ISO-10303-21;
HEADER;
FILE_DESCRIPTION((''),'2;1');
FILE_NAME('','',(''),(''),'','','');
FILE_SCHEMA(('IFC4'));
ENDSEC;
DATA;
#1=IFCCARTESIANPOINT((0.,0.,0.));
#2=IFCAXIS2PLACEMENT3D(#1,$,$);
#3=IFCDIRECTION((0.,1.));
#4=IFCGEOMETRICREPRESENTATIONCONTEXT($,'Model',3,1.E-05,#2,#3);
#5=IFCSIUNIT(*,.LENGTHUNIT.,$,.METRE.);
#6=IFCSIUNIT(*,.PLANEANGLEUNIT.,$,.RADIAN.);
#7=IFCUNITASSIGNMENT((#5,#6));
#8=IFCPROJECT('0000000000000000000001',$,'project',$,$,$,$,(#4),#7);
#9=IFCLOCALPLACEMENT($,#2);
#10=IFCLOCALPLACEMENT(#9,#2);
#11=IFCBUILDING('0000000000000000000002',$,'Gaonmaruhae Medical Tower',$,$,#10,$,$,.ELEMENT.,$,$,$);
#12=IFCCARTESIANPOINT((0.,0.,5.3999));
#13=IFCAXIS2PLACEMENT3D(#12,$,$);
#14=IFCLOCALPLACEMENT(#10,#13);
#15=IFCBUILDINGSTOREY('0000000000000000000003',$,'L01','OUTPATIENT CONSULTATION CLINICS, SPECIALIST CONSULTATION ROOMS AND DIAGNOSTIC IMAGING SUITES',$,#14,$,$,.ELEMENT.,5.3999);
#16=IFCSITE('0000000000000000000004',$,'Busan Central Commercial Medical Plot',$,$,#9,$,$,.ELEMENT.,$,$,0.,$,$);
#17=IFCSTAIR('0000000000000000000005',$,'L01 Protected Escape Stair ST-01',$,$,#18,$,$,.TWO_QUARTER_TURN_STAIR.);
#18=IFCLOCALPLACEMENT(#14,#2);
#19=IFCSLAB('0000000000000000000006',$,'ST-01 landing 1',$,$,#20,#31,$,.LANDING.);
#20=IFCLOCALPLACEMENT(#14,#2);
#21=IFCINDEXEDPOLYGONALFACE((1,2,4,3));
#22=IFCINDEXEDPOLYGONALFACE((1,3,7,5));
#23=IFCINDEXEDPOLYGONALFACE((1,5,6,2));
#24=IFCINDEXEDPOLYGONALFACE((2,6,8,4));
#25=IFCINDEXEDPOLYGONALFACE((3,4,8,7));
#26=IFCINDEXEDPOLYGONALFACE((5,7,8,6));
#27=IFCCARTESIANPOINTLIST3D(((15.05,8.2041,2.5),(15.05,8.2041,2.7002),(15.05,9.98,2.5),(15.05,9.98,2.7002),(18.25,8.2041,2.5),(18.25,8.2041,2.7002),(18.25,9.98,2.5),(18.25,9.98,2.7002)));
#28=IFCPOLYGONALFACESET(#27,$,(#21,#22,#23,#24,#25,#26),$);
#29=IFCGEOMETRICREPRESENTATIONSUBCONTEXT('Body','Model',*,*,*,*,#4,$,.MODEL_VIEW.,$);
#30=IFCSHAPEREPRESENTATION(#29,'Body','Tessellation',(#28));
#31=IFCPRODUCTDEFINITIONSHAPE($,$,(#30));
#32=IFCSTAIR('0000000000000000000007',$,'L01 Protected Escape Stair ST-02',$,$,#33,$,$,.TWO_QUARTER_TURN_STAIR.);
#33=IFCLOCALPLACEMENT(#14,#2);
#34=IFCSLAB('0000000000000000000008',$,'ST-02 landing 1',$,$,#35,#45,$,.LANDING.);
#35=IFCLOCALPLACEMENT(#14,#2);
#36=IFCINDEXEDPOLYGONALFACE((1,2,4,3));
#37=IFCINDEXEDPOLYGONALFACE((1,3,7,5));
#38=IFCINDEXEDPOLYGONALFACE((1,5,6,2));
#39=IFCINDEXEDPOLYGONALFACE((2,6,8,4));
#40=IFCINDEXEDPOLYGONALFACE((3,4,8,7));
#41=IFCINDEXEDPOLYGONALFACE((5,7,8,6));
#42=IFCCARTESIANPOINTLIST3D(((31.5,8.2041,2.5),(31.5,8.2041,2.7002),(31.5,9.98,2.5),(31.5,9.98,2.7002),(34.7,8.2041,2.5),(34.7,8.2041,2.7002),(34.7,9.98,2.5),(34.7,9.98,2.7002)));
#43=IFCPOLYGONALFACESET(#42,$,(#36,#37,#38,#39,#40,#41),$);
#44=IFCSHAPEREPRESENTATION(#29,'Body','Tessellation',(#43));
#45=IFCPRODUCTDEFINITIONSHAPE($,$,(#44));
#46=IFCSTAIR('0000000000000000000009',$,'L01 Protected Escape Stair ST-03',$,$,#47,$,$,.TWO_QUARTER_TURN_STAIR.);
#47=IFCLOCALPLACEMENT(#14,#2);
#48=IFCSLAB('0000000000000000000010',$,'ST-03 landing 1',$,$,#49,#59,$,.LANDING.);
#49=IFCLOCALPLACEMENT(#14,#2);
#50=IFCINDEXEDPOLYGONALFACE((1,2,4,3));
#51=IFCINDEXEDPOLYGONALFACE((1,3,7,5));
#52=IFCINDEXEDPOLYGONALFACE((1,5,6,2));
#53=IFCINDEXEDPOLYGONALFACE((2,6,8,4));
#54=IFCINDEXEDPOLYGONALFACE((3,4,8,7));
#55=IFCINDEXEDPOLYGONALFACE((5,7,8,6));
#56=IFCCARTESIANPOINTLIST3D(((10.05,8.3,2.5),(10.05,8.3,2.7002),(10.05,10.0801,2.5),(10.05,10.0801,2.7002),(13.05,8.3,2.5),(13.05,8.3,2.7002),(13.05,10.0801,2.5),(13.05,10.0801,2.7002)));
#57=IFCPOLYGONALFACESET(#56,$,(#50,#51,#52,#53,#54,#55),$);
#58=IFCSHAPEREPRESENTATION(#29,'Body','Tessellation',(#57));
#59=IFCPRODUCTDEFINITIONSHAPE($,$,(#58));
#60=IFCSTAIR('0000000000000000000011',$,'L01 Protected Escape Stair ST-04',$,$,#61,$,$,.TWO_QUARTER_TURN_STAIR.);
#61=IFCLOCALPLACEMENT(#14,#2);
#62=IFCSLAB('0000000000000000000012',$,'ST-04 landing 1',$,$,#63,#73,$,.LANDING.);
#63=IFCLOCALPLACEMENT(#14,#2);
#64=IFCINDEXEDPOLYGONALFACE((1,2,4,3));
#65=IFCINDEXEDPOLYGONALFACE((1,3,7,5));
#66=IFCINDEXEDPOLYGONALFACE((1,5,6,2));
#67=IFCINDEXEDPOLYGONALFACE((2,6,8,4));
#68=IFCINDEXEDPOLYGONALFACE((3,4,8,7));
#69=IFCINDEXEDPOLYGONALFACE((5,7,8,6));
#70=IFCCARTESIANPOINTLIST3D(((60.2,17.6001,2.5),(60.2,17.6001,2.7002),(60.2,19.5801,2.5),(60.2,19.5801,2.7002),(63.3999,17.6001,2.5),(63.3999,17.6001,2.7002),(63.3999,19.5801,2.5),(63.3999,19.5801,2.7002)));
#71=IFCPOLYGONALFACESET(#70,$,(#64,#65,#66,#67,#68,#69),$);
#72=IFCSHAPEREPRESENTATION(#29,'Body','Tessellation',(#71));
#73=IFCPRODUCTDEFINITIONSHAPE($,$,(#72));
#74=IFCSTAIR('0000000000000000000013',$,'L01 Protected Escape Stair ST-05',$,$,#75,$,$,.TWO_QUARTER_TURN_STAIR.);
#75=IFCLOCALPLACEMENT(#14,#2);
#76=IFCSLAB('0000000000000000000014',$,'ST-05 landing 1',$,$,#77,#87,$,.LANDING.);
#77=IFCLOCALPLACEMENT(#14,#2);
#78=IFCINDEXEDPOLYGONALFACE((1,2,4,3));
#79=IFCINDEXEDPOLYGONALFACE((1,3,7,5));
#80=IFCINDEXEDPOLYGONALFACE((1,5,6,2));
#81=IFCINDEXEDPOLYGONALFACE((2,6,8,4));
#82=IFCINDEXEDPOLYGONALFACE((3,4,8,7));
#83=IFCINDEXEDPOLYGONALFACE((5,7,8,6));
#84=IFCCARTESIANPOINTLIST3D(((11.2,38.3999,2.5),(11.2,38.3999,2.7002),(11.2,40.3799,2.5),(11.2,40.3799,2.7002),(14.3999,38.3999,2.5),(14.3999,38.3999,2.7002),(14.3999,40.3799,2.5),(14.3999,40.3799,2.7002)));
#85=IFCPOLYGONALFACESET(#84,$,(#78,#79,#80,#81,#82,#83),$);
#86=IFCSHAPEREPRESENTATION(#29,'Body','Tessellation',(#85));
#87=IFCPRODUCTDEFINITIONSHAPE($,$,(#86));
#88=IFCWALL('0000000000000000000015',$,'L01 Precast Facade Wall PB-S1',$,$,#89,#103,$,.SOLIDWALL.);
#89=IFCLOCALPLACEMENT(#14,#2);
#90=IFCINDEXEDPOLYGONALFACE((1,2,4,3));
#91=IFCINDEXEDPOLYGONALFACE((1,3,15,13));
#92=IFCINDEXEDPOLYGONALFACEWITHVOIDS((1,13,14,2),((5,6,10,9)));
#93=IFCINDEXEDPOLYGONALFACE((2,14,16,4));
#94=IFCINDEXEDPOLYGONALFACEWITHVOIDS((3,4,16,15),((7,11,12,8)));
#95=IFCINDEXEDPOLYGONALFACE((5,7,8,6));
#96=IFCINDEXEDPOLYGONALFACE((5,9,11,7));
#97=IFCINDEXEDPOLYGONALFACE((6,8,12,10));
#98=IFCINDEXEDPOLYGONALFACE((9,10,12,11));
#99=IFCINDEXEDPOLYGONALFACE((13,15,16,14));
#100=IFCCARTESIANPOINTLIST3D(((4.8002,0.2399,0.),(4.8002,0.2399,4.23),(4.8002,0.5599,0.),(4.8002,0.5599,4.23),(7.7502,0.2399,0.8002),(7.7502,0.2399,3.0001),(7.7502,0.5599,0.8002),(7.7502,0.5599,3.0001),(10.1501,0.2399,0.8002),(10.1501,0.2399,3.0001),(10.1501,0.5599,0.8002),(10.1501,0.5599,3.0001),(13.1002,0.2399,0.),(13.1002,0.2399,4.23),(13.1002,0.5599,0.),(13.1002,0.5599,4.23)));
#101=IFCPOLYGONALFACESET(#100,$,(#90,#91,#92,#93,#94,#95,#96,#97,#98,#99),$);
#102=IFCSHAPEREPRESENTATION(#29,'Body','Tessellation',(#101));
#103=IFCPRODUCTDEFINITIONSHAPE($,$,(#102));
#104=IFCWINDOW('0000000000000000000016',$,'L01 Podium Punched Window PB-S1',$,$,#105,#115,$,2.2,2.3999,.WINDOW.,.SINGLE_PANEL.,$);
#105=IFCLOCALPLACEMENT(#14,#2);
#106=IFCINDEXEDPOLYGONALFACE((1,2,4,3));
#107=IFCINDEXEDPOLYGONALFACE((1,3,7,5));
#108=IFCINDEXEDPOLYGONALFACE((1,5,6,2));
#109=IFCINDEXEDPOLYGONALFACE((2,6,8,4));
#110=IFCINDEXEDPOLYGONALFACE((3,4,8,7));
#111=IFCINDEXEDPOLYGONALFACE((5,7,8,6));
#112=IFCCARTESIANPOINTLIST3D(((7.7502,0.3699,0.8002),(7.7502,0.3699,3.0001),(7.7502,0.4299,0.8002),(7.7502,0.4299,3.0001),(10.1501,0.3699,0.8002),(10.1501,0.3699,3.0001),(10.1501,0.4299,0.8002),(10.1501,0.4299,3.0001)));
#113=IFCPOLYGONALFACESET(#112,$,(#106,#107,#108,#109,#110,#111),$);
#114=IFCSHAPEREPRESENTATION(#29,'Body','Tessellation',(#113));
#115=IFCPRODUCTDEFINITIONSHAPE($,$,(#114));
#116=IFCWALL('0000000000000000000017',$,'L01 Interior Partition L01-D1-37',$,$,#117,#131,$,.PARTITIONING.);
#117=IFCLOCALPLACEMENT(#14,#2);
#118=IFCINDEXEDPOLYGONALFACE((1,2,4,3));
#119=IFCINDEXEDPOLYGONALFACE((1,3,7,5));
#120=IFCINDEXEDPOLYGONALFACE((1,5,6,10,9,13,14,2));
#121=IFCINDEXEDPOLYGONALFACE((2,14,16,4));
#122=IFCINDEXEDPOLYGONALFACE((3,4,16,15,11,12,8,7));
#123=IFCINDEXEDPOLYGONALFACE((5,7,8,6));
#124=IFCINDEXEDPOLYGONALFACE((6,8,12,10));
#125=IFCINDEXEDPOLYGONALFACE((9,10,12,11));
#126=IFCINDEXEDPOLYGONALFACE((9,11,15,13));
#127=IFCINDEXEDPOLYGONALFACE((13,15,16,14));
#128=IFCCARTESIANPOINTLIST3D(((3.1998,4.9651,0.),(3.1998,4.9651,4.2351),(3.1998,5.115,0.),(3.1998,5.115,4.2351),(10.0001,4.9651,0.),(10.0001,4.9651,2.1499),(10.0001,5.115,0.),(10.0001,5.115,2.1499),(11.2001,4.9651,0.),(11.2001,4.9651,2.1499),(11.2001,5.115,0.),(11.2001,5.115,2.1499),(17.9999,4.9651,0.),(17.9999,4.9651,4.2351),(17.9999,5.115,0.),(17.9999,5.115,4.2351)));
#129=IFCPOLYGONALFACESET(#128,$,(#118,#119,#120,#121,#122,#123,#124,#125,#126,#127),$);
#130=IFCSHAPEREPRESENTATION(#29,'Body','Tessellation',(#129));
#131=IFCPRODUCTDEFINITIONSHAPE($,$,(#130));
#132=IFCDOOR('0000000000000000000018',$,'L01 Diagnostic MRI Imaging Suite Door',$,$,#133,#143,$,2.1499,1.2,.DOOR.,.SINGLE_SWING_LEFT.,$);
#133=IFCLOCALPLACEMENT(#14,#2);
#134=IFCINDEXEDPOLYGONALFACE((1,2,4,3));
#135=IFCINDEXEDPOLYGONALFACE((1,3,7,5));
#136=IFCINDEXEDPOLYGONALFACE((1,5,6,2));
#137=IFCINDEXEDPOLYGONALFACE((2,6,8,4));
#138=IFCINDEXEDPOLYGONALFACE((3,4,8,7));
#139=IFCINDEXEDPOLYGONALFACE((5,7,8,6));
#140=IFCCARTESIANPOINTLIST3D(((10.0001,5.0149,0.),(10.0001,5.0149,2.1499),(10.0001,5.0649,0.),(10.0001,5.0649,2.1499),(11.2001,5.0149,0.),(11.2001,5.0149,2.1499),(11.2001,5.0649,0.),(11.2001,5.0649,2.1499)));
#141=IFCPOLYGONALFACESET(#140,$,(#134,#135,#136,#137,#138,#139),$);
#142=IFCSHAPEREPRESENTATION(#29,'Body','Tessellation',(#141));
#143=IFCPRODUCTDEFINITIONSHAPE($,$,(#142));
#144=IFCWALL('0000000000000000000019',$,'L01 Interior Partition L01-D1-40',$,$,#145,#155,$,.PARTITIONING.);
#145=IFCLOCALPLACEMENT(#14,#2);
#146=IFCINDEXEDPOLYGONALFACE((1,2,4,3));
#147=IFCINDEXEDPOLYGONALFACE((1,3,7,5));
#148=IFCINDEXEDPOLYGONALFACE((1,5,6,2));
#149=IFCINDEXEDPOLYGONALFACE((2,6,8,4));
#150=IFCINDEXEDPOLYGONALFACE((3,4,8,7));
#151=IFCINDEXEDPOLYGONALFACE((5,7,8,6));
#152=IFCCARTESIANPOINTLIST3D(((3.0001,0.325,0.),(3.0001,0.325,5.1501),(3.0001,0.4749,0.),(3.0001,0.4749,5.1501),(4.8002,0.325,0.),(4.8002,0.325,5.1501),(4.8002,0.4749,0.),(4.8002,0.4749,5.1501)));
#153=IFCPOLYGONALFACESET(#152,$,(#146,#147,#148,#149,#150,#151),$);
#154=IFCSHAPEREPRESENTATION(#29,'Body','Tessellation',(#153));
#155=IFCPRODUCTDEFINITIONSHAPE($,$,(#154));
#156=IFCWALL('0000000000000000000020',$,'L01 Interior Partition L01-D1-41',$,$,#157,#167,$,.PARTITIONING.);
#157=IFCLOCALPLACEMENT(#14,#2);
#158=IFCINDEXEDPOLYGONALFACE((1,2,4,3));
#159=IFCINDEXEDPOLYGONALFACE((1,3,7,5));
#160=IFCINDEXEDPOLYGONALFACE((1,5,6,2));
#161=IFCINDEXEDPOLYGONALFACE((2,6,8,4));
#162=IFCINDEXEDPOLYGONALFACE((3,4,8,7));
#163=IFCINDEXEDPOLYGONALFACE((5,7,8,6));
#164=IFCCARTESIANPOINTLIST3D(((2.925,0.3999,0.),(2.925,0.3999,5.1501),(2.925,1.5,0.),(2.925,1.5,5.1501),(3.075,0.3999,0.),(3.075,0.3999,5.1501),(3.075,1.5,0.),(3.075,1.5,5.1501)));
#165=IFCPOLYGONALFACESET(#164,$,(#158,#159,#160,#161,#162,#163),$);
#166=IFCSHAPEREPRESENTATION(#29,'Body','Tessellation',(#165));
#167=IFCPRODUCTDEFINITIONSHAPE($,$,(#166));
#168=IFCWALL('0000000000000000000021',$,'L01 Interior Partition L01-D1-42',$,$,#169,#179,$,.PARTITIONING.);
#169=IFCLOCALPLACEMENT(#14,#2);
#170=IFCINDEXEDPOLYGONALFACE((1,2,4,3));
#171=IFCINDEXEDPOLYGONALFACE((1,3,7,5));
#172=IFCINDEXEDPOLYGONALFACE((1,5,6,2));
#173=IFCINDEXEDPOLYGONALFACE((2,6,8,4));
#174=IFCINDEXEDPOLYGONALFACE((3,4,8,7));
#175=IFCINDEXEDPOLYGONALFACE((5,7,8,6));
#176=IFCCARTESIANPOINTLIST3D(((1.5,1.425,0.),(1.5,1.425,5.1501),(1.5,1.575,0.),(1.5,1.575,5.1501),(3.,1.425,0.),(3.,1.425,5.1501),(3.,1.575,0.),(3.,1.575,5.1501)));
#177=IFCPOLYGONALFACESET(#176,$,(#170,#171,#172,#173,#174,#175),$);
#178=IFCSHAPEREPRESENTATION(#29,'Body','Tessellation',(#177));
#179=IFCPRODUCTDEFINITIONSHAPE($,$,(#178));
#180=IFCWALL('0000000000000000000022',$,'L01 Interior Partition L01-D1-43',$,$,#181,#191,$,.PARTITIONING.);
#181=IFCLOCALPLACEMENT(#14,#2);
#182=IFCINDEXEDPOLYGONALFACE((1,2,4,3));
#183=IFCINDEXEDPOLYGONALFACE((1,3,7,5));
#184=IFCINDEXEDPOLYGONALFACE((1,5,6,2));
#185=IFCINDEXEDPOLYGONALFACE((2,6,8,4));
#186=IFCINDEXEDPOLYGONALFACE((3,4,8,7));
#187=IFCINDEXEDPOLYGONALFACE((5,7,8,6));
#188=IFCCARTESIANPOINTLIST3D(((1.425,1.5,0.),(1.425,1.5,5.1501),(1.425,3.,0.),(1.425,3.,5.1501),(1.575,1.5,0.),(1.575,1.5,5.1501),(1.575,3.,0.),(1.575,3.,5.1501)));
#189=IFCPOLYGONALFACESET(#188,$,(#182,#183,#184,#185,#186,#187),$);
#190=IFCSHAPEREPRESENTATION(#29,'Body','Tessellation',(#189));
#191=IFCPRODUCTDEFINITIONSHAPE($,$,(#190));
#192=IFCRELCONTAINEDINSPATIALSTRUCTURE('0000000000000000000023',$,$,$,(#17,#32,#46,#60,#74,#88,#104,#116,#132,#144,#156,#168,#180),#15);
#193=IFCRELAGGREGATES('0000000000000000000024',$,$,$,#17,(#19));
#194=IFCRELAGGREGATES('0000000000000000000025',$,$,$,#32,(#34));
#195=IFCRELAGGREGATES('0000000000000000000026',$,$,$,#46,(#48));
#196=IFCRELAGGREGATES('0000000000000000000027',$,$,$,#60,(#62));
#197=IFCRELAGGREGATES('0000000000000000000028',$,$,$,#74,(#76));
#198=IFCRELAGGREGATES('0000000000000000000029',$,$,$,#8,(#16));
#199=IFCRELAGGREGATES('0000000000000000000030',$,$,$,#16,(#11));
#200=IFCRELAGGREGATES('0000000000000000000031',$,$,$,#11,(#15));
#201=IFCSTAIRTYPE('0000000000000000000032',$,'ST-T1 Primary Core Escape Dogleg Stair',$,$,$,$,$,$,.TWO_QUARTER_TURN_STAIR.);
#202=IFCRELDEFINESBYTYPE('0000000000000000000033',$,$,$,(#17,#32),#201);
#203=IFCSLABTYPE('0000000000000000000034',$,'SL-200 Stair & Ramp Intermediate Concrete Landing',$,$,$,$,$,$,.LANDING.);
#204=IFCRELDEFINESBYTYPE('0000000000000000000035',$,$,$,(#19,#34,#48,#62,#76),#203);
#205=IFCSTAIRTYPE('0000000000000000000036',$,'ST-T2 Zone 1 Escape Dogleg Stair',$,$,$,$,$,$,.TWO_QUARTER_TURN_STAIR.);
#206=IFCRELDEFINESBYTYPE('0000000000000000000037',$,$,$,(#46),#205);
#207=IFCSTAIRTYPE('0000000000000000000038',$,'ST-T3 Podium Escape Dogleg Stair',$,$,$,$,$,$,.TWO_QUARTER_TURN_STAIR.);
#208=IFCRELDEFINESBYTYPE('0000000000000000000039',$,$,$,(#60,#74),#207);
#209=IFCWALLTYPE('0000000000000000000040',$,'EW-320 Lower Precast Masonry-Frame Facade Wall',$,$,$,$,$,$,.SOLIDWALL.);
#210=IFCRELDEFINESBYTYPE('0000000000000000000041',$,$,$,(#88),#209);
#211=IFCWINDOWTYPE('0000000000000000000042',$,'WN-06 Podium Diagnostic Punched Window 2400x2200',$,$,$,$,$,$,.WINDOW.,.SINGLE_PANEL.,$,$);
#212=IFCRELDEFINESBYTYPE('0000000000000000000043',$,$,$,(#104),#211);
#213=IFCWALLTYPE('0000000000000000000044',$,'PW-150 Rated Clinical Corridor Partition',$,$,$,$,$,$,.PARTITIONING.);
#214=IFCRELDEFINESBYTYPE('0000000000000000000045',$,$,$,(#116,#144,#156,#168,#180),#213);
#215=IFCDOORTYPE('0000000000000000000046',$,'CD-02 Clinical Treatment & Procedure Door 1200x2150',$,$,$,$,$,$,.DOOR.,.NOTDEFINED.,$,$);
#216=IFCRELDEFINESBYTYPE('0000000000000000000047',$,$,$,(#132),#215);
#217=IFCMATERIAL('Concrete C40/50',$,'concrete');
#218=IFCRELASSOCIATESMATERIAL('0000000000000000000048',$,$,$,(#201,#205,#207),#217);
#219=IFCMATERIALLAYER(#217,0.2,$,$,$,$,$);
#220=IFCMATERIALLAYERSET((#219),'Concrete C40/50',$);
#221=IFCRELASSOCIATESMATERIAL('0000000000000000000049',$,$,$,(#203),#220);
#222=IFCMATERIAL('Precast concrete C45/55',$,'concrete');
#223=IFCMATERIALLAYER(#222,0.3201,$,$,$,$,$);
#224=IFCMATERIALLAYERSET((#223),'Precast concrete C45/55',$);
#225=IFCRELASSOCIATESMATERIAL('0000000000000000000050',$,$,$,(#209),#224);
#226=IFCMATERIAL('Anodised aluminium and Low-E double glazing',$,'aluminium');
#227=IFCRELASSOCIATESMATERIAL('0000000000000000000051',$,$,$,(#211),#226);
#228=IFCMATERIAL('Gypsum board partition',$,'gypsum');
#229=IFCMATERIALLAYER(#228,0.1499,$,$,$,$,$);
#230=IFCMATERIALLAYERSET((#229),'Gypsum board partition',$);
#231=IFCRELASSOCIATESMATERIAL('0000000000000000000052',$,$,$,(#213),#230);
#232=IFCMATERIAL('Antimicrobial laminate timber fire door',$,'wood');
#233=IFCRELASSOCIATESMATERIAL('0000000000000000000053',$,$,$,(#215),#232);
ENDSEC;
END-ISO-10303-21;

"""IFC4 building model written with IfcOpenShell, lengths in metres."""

from ifc_helpers import new_model, si_unit, direction, frame, frame_2d, origin, place, context, subcontext, project, spatial, polyline, rectangle, outline, extrude, material, layer, layer_set, type_object, element, fill, aggregate, save


model = new_model("IFC4")

# Units and contexts
model_context = context("Model", 3, precision=1e-05, world=origin(), true_north=direction((0.0, 1.0)))
body_context = subcontext(model_context, "Body", "Model", "MODEL_VIEW")
ifc_project = project(units=[si_unit("LENGTHUNIT", "METRE"), si_unit("PLANEANGLEUNIT", "RADIAN")], contexts=[model_context])

# Site, building, storey
site_placement = place(None, origin())
site = spatial("IfcSite", under=ifc_project, at=site_placement, Name="Busan Central Commercial Medical Plot", CompositionType="ELEMENT", RefElevation=0.0)
building_placement = place(site_placement, origin())
building = spatial("IfcBuilding", under=site, at=building_placement, Name="Gaonmaruhae Medical Tower", CompositionType="ELEMENT")
storey_placement = place(building_placement, frame((0.0, 0.0, 5.3999)))
storey = spatial("IfcBuildingStorey", under=building, at=storey_placement, Name="L01", Description="OUTPATIENT CONSULTATION CLINICS, SPECIALIST CONSULTATION ROOMS AND DIAGNOSTIC IMAGING SUITES", CompositionType="ELEMENT", Elevation=5.3999)

# Shared definitions
ifc_material_1 = material(Name="Concrete C40/50", Category="concrete")

# Stairs, slabs
stair_type_1 = type_object("IfcStairType", Name="ST-T1 Primary Core Escape Dogleg Stair", PredefinedType="TWO_QUARTER_TURN_STAIR", material=ifc_material_1)
stair_1_placement = place(storey_placement, origin())
stair_1 = element("IfcStair", 1, at=stair_1_placement, inside=storey, type_object=stair_type_1, Name="L01 Protected Escape Stair ST-01", PredefinedType="TWO_QUARTER_TURN_STAIR")
ifc_layer_1 = layer(ifc_material_1, 0.2)
ifc_layer_set_1 = layer_set([ifc_layer_1], Name="Concrete C40/50")
slab_type_1 = type_object("IfcSlabType", Name="SL-200 Stair & Ramp Intermediate Concrete Landing", PredefinedType="LANDING", material=ifc_layer_set_1)
slab_1_placement = place(storey_placement, frame((0.0, 0.0, 2.5)))
slab_1 = element("IfcSlab", 2, at=slab_1_placement, type_object=slab_type_1, Name="ST-01 landing 1", PredefinedType="LANDING", context=body_context, shape_type="SweptSolid", body=[
    extrude(outline(polyline([(15.05, 9.98), (15.05, 8.2041), (18.25, 8.2041), (18.25, 9.98), (15.05, 9.98)])), origin(), (0.0, 0.0, 1.0), 0.2002),
])
aggregate(stair_1, [slab_1])
stair_2_placement = place(storey_placement, origin())
stair_2 = element("IfcStair", 3, at=stair_2_placement, inside=storey, type_object=stair_type_1, Name="L01 Protected Escape Stair ST-02", PredefinedType="TWO_QUARTER_TURN_STAIR")
slab_2_placement = place(storey_placement, frame((0.0, 0.0, 2.5)))
slab_2 = element("IfcSlab", 4, at=slab_2_placement, type_object=slab_type_1, Name="ST-02 landing 1", PredefinedType="LANDING", context=body_context, shape_type="SweptSolid", body=[
    extrude(outline(polyline([(31.5, 9.98), (31.5, 8.2041), (34.7, 8.2041), (34.7, 9.98), (31.5, 9.98)])), origin(), (0.0, 0.0, 1.0), 0.2002),
])
aggregate(stair_2, [slab_2])
stair_type_2 = type_object("IfcStairType", Name="ST-T2 Zone 1 Escape Dogleg Stair", PredefinedType="TWO_QUARTER_TURN_STAIR", material=ifc_material_1)
stair_3_placement = place(storey_placement, origin())
stair_3 = element("IfcStair", 5, at=stair_3_placement, inside=storey, type_object=stair_type_2, Name="L01 Protected Escape Stair ST-03", PredefinedType="TWO_QUARTER_TURN_STAIR")
slab_3_placement = place(storey_placement, frame((0.0, 0.0, 2.5)))
slab_3 = element("IfcSlab", 6, at=slab_3_placement, type_object=slab_type_1, Name="ST-03 landing 1", PredefinedType="LANDING", context=body_context, shape_type="SweptSolid", body=[
    extrude(outline(polyline([(10.05, 10.0801), (10.05, 8.3), (13.05, 8.3), (13.05, 10.0801), (10.05, 10.0801)])), origin(), (0.0, 0.0, 1.0), 0.2002),
])
aggregate(stair_3, [slab_3])
stair_type_3 = type_object("IfcStairType", Name="ST-T3 Podium Escape Dogleg Stair", PredefinedType="TWO_QUARTER_TURN_STAIR", material=ifc_material_1)
stair_4_placement = place(storey_placement, origin())
stair_4 = element("IfcStair", 7, at=stair_4_placement, inside=storey, type_object=stair_type_3, Name="L01 Protected Escape Stair ST-04", PredefinedType="TWO_QUARTER_TURN_STAIR")
slab_4_placement = place(storey_placement, frame((0.0, 0.0, 2.5)))
slab_4 = element("IfcSlab", 8, at=slab_4_placement, type_object=slab_type_1, Name="ST-04 landing 1", PredefinedType="LANDING", context=body_context, shape_type="SweptSolid", body=[
    extrude(outline(polyline([(60.2, 19.5801), (60.2, 17.6001), (63.3999, 17.6001), (63.3999, 19.5801), (60.2, 19.5801)])), origin(), (0.0, 0.0, 1.0), 0.2002),
])
aggregate(stair_4, [slab_4])
stair_5_placement = place(storey_placement, origin())
stair_5 = element("IfcStair", 9, at=stair_5_placement, inside=storey, type_object=stair_type_3, Name="L01 Protected Escape Stair ST-05", PredefinedType="TWO_QUARTER_TURN_STAIR")
slab_5_placement = place(storey_placement, frame((0.0, 0.0, 2.5)))
slab_5 = element("IfcSlab", 10, at=slab_5_placement, type_object=slab_type_1, Name="ST-05 landing 1", PredefinedType="LANDING", context=body_context, shape_type="SweptSolid", body=[
    extrude(outline(polyline([(11.2, 40.3799), (11.2, 38.3999), (14.3999, 38.3999), (14.3999, 40.3799), (11.2, 40.3799)])), origin(), (0.0, 0.0, 1.0), 0.2002),
])
aggregate(stair_5, [slab_5])

# Wall, opening, window
ifc_material_2 = material(Name="Precast concrete C45/55", Category="concrete")
ifc_layer_2 = layer(ifc_material_2, 0.3201)
ifc_layer_set_2 = layer_set([ifc_layer_2], Name="Precast concrete C45/55")
wall_type_1 = type_object("IfcWallType", Name="EW-320 Lower Precast Masonry-Frame Facade Wall", PredefinedType="SOLIDWALL", material=ifc_layer_set_2)
wall_1_placement = place(storey_placement, frame((13.1001, 0.3999, 0.0), z_axis=(0.0, 0.0, 1.0), x_axis=(-1.0, 0.0, 0.0)))
wall_1 = element("IfcWall", 11, at=wall_1_placement, inside=storey, type_object=wall_type_1, Name="L01 Precast Facade Wall PB-S1", PredefinedType="SOLIDWALL", context=body_context, shape_type="SweptSolid", body=[
    extrude(rectangle(XDim=8.3, YDim=0.3201, at=frame_2d((4.1499, 0.0))), origin(), (0.0, 0.0, 1.0), 4.23),
])
opening_1_placement = place(wall_1_placement, frame((2.95, 0.0, 0.8)))
opening_1 = element("IfcOpeningElement", 12, at=opening_1_placement, cuts=wall_1, PredefinedType="OPENING", context=body_context, shape_type="SweptSolid", body=[
    extrude(rectangle(XDim=2.3999, YDim=2.2, at=frame_2d((1.2, 1.1001))), frame((0.0, 0.1699, 0.0), z_axis=(0.0, -1.0, 0.0), x_axis=(1.0, 0.0, 0.0)), (0.0, 0.0, 1.0), 0.3401),
])
ifc_material_3 = material(Name="Anodised aluminium and Low-E double glazing", Category="aluminium")
window_type = type_object("IfcWindowType", Name="WN-06 Podium Diagnostic Punched Window 2400x2200", PartitioningType="SINGLE_PANEL", PredefinedType="WINDOW", material=ifc_material_3)
window_placement = place(opening_1_placement, origin())
window = element("IfcWindow", 13, at=window_placement, inside=storey, type_object=window_type, Name="L01 Podium Punched Window PB-S1", OverallHeight=2.2, OverallWidth=2.3999, PartitioningType="SINGLE_PANEL", PredefinedType="WINDOW", context=body_context, shape_type="SweptSolid", body=[
    extrude(rectangle(XDim=2.3999, YDim=2.2, at=frame_2d((1.2, 1.1001))), frame((0.0, 0.03, 0.0), z_axis=(0.0, -1.0, 0.0), x_axis=(1.0, 0.0, 0.0)), (0.0, 0.0, 1.0), 0.0601),
])
fill(opening_1, window)

# Wall, opening, door
ifc_material_4 = material(Name="Gypsum board partition", Category="gypsum")
ifc_layer_3 = layer(ifc_material_4, 0.1499)
ifc_layer_set_3 = layer_set([ifc_layer_3], Name="Gypsum board partition")
wall_type_2 = type_object("IfcWallType", Name="PW-150 Rated Clinical Corridor Partition", PredefinedType="PARTITIONING", material=ifc_layer_set_3)
wall_2_placement = place(storey_placement, frame((3.2, 5.04, 0.0), z_axis=(0.0, 0.0, 1.0), x_axis=(1.0, 0.0, 0.0)))
wall_2 = element("IfcWall", 14, at=wall_2_placement, inside=storey, type_object=wall_type_2, Name="L01 Interior Partition L01-D1-37", PredefinedType="PARTITIONING", context=body_context, shape_type="SweptSolid", body=[
    extrude(rectangle(XDim=14.8, YDim=0.1499, at=frame_2d((7.3999, 0.0))), origin(), (0.0, 0.0, 1.0), 4.2351),
])
opening_2_placement = place(wall_2_placement, frame((6.8, 0.0, 0.0)))
opening_2 = element("IfcOpeningElement", 15, at=opening_2_placement, cuts=wall_2, PredefinedType="OPENING", context=body_context, shape_type="SweptSolid", body=[
    extrude(rectangle(XDim=1.2, YDim=2.1499, at=frame_2d((0.6001, 1.075))), frame((0.0, 0.085, 0.0), z_axis=(0.0, -1.0, 0.0), x_axis=(1.0, 0.0, 0.0)), (0.0, 0.0, 1.0), 0.1699),
])
ifc_material_5 = material(Name="Antimicrobial laminate timber fire door", Category="wood")
door_type = type_object("IfcDoorType", Name="CD-02 Clinical Treatment & Procedure Door 1200x2150", OperationType="NOTDEFINED", PredefinedType="DOOR", material=ifc_material_5)
door_placement = place(opening_2_placement, origin())
door = element("IfcDoor", 16, at=door_placement, inside=storey, type_object=door_type, Name="L01 Diagnostic MRI Imaging Suite Door", OperationType="SINGLE_SWING_LEFT", OverallHeight=2.1499, OverallWidth=1.2, PredefinedType="DOOR", context=body_context, shape_type="SweptSolid", body=[
    extrude(rectangle(XDim=1.2, YDim=2.1499, at=frame_2d((0.6001, 1.075))), frame((0.0, 0.0249, 0.0), z_axis=(0.0, -1.0, 0.0), x_axis=(1.0, 0.0, 0.0)), (0.0, 0.0, 1.0), 0.05),
])
fill(opening_2, door)

# Walls
wall_3_placement = place(storey_placement, frame((4.8, 0.3999, 0.0), z_axis=(0.0, 0.0, 1.0), x_axis=(-1.0, 0.0, 0.0)))
element("IfcWall", 17, at=wall_3_placement, inside=storey, type_object=wall_type_2, Name="L01 Interior Partition L01-D1-40", PredefinedType="PARTITIONING", context=body_context, shape_type="SweptSolid", body=[
    extrude(rectangle(XDim=1.8, YDim=0.1499, at=frame_2d((0.8999, 0.0))), origin(), (0.0, 0.0, 1.0), 5.1501),
])
wall_4_placement = place(storey_placement, frame((3.0, 0.3999, 0.0), z_axis=(0.0, 0.0, 1.0), x_axis=(0.0, 1.0, 0.0)))
element("IfcWall", 18, at=wall_4_placement, inside=storey, type_object=wall_type_2, Name="L01 Interior Partition L01-D1-41", PredefinedType="PARTITIONING", context=body_context, shape_type="SweptSolid", body=[
    extrude(rectangle(XDim=1.1001, YDim=0.1499, at=frame_2d((0.55, 0.0))), origin(), (0.0, 0.0, 1.0), 5.1501),
])
for number, where, z_axis, x_axis, name in (
    (19, (3.0, 1.5, 0.0), (0.0, 0.0, 1.0), (-1.0, 0.0, 0.0), "L01 Interior Partition L01-D1-42"),
    (20, (1.5, 1.5, 0.0), (0.0, 0.0, 1.0), (0.0, 1.0, 0.0), "L01 Interior Partition L01-D1-43"),
):
    element("IfcWall", number, at=place(storey_placement, frame(where, z_axis=z_axis, x_axis=x_axis)), inside=storey, type_object=wall_type_2, Name=name, PredefinedType="PARTITIONING", context=body_context, shape_type="SweptSolid", body=[
        extrude(rectangle(XDim=1.5, YDim=0.1499, at=frame_2d((0.75, 0.0))), origin(), (0.0, 0.0, 1.0), 5.1501),
    ])

save(model, "model.ifc")
